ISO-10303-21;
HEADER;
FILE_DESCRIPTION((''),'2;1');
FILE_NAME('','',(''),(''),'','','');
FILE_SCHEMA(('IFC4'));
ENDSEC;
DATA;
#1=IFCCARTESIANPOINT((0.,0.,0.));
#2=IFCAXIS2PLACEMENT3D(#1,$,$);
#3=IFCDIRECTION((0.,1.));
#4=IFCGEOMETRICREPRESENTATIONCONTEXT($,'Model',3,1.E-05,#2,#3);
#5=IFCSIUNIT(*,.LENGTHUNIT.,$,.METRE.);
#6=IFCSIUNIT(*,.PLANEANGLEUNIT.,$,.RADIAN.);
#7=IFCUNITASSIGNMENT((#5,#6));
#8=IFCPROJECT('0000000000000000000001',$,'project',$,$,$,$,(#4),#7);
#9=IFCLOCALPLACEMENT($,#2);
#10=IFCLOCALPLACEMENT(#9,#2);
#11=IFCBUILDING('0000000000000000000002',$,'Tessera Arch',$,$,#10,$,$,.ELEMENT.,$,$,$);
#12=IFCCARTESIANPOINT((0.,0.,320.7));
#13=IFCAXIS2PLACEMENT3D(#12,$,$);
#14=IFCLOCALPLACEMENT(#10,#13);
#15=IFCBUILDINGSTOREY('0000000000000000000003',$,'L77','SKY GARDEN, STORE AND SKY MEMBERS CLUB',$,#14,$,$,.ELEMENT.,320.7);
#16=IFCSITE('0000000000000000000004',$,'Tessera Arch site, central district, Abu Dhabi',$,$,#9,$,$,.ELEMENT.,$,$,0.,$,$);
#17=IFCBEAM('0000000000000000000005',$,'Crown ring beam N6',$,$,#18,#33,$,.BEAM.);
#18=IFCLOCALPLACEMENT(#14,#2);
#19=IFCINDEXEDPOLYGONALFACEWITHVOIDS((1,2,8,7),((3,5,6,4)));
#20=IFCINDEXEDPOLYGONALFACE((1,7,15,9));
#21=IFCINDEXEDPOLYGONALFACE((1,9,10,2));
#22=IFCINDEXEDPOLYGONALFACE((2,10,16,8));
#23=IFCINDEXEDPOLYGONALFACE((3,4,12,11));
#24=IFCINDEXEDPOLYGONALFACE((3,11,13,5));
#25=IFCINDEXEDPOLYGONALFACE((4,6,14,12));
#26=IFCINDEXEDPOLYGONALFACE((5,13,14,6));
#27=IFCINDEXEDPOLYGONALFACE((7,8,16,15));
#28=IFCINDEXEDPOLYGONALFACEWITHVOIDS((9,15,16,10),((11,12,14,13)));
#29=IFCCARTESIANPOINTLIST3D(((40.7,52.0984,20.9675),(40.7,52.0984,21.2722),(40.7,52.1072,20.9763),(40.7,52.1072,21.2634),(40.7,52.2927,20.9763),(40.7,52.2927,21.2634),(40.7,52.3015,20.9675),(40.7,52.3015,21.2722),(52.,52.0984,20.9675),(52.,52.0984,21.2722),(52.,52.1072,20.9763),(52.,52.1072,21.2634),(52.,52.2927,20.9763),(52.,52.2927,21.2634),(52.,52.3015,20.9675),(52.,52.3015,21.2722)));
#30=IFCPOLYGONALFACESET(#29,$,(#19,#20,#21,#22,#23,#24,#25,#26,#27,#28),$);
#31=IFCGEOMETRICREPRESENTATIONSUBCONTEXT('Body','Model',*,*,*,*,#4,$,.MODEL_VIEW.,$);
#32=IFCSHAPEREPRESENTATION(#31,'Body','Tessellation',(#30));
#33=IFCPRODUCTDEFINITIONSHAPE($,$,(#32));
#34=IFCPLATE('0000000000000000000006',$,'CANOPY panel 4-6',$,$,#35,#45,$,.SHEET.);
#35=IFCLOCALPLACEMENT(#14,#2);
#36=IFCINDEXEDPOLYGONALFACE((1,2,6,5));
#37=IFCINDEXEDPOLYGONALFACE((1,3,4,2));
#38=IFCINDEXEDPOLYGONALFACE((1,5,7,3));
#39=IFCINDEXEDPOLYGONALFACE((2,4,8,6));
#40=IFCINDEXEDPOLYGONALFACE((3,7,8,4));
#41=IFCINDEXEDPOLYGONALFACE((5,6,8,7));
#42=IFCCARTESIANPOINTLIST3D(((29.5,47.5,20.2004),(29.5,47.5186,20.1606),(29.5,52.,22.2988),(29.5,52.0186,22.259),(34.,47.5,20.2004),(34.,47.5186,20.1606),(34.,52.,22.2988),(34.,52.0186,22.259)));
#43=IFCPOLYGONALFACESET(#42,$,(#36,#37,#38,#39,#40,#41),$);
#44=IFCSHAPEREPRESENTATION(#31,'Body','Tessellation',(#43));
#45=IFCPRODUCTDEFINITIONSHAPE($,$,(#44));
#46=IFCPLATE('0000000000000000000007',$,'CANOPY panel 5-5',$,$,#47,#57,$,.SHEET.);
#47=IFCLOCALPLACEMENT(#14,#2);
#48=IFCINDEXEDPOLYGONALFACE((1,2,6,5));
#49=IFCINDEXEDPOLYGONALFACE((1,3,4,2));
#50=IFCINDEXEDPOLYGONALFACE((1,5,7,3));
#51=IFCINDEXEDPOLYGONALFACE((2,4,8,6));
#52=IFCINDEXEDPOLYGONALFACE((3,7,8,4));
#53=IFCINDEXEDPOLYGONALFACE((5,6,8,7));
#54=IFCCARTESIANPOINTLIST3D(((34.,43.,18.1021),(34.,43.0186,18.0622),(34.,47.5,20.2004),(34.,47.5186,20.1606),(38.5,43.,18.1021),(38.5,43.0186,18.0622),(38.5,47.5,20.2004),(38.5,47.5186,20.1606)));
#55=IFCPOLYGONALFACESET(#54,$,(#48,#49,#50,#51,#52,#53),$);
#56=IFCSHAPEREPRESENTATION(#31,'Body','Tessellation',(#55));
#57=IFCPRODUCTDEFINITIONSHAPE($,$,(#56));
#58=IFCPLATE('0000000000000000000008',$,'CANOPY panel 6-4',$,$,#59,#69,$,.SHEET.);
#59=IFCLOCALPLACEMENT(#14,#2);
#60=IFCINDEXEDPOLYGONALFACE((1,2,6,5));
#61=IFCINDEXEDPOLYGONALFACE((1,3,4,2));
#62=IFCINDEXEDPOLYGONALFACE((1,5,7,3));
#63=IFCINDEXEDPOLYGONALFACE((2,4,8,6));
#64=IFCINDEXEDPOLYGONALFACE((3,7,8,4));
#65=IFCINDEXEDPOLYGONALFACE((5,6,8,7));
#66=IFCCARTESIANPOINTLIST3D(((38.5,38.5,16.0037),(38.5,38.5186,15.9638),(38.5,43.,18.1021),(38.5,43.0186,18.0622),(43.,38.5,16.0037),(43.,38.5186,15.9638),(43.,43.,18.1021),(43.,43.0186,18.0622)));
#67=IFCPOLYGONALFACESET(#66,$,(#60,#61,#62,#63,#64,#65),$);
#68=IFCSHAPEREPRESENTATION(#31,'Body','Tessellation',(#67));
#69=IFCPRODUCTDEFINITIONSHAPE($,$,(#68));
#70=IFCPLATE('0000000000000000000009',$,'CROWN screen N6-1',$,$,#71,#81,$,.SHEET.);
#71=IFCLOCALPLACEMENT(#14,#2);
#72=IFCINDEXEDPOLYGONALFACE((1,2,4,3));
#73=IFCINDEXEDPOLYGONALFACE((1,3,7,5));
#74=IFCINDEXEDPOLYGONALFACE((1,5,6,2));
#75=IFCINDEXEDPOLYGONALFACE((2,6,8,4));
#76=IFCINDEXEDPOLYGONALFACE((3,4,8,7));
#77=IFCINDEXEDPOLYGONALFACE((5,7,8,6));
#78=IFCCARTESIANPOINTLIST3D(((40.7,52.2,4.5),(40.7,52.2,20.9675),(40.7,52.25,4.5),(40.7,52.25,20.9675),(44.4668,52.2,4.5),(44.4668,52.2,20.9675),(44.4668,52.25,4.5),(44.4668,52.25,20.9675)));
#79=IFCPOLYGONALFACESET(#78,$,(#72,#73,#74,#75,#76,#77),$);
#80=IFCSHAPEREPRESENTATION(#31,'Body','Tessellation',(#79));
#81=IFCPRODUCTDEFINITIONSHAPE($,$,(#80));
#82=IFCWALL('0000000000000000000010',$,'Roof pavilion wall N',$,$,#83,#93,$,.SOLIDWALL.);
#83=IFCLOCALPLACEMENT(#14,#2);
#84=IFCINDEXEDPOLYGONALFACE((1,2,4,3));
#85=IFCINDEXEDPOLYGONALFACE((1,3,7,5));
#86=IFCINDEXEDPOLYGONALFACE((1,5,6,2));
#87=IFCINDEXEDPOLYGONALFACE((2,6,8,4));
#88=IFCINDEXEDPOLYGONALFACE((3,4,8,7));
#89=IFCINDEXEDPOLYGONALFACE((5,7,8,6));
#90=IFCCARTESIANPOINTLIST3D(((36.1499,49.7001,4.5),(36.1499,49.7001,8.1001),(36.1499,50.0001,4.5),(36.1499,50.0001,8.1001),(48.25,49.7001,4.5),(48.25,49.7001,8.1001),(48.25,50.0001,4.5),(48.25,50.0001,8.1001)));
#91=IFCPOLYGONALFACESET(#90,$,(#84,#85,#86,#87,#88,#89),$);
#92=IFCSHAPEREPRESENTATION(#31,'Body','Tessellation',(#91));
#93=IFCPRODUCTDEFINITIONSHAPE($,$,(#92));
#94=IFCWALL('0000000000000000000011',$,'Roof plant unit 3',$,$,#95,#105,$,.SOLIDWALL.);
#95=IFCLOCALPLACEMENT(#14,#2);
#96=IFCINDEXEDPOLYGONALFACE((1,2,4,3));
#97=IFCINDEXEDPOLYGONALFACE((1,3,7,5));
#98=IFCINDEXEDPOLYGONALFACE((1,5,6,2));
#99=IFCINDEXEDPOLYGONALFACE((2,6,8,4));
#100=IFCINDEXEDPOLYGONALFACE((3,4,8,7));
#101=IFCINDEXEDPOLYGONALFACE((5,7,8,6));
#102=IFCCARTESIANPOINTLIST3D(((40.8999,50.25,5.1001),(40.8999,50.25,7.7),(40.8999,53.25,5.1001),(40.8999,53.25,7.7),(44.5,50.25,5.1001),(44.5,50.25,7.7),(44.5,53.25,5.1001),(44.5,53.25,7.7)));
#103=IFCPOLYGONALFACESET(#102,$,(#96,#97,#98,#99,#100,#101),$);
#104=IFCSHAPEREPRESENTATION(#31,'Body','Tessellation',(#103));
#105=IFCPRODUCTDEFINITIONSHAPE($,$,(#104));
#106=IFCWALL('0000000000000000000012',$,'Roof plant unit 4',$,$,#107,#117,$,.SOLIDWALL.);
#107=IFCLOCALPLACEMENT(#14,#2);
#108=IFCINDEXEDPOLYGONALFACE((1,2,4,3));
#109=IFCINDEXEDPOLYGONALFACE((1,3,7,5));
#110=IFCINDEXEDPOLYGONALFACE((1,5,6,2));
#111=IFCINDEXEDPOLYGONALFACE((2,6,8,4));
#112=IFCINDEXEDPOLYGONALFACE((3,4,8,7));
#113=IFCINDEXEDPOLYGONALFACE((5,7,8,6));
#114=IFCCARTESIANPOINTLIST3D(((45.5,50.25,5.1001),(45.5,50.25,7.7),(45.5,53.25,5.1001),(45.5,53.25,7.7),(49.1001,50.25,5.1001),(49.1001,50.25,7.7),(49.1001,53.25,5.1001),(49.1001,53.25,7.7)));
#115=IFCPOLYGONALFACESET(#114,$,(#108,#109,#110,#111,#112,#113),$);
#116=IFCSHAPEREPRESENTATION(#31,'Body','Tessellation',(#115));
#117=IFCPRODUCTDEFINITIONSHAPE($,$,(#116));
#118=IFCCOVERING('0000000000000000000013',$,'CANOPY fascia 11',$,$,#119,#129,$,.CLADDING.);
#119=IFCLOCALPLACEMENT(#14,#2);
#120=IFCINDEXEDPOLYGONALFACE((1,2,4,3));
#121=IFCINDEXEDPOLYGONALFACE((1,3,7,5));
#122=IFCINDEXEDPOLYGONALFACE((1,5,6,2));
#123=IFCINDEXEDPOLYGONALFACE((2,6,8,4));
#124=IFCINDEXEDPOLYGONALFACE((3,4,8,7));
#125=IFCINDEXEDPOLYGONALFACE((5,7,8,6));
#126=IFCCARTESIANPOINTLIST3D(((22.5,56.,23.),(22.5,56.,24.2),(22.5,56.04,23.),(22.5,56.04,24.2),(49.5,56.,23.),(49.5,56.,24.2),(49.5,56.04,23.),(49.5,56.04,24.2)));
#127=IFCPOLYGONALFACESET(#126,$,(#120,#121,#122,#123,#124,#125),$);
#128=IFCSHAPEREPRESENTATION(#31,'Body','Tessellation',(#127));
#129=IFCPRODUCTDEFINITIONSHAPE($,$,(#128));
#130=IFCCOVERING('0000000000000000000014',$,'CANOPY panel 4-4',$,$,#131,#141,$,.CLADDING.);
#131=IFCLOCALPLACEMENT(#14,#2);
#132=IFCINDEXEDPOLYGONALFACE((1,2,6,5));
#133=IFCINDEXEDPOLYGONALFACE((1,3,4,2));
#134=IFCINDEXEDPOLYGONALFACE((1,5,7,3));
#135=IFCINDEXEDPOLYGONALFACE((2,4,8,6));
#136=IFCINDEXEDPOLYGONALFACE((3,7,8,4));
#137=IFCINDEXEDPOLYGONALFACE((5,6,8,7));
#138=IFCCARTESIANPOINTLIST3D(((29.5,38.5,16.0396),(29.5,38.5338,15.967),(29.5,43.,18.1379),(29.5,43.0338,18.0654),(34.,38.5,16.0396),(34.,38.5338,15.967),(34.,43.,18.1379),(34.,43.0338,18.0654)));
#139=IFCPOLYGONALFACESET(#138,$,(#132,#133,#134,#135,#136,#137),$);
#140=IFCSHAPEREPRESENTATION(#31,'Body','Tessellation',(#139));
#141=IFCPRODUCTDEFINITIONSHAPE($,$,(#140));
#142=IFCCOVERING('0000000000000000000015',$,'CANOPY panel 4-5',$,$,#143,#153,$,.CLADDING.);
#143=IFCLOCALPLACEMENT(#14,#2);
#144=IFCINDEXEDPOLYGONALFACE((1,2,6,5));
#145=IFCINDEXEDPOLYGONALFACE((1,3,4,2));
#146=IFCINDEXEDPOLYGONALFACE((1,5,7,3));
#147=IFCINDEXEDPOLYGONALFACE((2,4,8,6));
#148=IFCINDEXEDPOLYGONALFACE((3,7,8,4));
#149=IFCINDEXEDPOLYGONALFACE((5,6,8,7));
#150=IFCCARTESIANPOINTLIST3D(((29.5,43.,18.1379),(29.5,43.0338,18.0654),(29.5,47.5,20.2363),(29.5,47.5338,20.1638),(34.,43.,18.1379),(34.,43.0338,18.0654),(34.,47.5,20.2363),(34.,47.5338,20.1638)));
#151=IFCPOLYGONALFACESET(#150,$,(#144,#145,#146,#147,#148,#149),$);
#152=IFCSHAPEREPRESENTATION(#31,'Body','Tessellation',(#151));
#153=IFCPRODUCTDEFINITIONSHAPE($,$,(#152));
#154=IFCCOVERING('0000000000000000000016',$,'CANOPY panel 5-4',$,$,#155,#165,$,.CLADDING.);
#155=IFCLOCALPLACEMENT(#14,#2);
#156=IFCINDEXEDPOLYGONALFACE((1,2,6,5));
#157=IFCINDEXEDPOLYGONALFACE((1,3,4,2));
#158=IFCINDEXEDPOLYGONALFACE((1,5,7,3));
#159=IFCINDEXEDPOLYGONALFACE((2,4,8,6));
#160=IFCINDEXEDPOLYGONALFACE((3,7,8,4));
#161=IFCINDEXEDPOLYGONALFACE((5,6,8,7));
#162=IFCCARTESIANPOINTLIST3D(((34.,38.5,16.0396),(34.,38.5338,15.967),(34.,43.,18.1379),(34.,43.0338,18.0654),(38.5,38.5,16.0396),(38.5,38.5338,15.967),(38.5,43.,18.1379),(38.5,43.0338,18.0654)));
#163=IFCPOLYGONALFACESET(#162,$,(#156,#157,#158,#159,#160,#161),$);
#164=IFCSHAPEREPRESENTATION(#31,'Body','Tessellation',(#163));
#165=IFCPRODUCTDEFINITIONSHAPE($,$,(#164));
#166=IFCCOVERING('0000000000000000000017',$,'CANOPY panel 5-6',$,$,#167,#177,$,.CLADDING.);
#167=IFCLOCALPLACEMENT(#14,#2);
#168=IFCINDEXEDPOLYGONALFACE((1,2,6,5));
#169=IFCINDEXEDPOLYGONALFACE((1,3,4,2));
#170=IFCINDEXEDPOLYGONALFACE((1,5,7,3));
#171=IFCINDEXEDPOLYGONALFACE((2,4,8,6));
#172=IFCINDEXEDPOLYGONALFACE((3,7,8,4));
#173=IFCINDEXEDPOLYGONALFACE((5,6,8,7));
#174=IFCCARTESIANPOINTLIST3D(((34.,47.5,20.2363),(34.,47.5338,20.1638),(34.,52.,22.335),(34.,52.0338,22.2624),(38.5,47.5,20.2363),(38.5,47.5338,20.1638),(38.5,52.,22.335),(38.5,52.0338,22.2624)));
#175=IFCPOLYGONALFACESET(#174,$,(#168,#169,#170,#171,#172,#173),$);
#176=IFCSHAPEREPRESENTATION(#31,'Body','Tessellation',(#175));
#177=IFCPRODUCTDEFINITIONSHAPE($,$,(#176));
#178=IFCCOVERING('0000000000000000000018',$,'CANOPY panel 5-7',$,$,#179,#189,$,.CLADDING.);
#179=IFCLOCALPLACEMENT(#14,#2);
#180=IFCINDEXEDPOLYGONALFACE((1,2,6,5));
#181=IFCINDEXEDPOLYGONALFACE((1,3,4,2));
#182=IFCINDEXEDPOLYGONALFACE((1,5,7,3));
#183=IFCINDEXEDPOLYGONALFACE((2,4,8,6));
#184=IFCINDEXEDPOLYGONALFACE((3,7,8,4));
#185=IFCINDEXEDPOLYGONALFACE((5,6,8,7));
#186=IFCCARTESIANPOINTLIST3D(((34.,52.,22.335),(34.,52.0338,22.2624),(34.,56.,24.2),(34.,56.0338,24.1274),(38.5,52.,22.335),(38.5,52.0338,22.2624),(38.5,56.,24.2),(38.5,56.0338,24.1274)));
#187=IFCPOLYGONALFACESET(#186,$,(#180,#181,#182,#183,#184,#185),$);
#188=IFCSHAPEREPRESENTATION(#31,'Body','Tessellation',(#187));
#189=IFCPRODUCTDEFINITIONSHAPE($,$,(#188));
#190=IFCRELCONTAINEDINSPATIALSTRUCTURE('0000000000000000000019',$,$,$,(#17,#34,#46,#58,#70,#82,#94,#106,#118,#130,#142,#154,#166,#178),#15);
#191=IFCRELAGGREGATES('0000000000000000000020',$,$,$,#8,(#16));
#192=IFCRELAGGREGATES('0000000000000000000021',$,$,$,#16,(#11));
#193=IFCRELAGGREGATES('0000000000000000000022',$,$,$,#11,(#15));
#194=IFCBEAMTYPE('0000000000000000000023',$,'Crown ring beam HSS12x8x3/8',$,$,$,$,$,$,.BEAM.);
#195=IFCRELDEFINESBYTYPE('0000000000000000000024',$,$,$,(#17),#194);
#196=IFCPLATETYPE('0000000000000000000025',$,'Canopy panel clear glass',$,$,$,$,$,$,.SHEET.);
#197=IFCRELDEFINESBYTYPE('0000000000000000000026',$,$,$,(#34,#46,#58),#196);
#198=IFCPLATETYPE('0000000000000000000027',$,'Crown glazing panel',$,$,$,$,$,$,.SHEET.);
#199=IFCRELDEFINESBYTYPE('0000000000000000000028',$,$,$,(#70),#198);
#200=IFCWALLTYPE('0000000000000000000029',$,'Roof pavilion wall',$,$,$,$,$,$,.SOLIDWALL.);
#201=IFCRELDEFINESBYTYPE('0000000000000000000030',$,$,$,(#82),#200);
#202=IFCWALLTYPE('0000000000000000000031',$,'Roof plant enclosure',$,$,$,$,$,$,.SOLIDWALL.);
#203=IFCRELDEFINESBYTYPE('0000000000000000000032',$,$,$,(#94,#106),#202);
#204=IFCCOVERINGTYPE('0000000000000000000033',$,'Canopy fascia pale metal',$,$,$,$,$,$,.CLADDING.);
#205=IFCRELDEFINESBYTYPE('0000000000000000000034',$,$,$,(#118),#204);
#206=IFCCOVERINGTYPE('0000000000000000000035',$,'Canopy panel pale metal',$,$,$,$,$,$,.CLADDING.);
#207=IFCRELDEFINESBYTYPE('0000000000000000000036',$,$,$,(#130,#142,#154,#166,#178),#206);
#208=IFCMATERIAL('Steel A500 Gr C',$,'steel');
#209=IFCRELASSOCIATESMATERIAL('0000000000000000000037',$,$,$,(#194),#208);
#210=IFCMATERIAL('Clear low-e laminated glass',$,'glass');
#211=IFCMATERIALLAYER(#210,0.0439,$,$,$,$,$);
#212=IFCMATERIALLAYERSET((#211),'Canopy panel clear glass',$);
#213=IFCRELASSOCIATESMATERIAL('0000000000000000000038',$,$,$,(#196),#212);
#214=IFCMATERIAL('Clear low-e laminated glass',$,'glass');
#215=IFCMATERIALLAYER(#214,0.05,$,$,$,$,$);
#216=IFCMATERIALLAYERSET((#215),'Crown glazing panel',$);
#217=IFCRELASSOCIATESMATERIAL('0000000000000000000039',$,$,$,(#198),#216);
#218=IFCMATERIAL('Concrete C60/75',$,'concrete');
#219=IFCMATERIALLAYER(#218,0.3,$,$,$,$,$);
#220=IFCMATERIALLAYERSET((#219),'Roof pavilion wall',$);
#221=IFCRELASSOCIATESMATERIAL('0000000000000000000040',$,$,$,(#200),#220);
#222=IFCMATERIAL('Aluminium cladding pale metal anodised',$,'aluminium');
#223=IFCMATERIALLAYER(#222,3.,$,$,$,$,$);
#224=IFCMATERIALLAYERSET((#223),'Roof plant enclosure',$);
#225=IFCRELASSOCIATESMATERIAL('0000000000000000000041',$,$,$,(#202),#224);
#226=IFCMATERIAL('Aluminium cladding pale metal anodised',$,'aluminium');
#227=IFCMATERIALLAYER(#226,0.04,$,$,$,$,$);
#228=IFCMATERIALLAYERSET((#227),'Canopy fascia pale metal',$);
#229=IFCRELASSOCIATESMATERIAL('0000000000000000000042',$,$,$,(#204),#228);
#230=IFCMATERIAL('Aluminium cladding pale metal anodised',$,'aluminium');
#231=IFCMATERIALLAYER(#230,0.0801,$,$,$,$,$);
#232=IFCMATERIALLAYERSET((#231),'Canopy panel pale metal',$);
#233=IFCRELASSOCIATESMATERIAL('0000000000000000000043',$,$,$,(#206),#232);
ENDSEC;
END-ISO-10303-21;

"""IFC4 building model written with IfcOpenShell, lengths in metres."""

from ifc_helpers import new_model, si_unit, direction, frame, frame_2d, origin, origin_2d, place, context, subcontext, project, spatial, polyline, rectangle, hollow_rectangle, outline, extrude, material, layer, layer_set, material_profile, profile_set, type_object, element, save


model = new_model("IFC4")

# Units and contexts
model_context = context("Model", 3, precision=1e-05, world=origin(), true_north=direction((0.0, 1.0)))
body_context = subcontext(model_context, "Body", "Model", "MODEL_VIEW")
ifc_project = project(units=[si_unit("LENGTHUNIT", "METRE"), si_unit("PLANEANGLEUNIT", "RADIAN")], contexts=[model_context])

# Site, building, storey
site_placement = place(None, origin())
site = spatial("IfcSite", under=ifc_project, at=site_placement, Name="Tessera Arch site, central district, Abu Dhabi", CompositionType="ELEMENT", RefElevation=0.0)
building_placement = place(site_placement, origin())
building = spatial("IfcBuilding", under=site, at=building_placement, Name="Tessera Arch", CompositionType="ELEMENT")
storey_placement = place(building_placement, frame((0.0, 0.0, 320.7)))
storey = spatial("IfcBuildingStorey", under=building, at=storey_placement, Name="L77", Description="SKY GARDEN, STORE AND SKY MEMBERS CLUB", CompositionType="ELEMENT", Elevation=320.7)

# Beam
ifc_material_1 = material(Name="Steel A500 Gr C", Category="steel")
ifc_material_profile = material_profile(ifc_material_1, hollow_rectangle(XDim=0.2031, YDim=0.3047, WallThickness=0.0088, at=origin_2d()), Name="HSS12x8x3/8")
ifc_profile_set = profile_set([ifc_material_profile], Name="Steel A500 Gr C")
beam_type = type_object("IfcBeamType", Name="Crown ring beam HSS12x8x3/8", PredefinedType="BEAM", material=ifc_profile_set)
beam_placement = place(storey_placement, frame((40.7, 52.2, 21.1199), z_axis=(1.0, 0.0, 0.0), x_axis=(0.0, 1.0, 0.0)))
element("IfcBeam", 1, at=beam_placement, inside=storey, type_object=beam_type, Name="Crown ring beam N6", PredefinedType="BEAM", context=body_context, shape_type="SweptSolid", body=[
    extrude(hollow_rectangle(XDim=0.2031, YDim=0.3047, WallThickness=0.0088, at=origin_2d()), origin(), (0.0, 0.0, 1.0), 11.3),
])

# Plates
ifc_material_2 = material(Name="Clear low-e laminated glass", Category="glass")
ifc_layer_1 = layer(ifc_material_2, 0.0439)
ifc_layer_set_1 = layer_set([ifc_layer_1], Name="Canopy panel clear glass")
plate_type_1 = type_object("IfcPlateType", Name="Canopy panel clear glass", PredefinedType="SHEET", material=ifc_layer_set_1)
for number, where, z_axis, x_axis, name in (
    (2, (34.0, 47.5, 20.2004), (0.0, -0.422619, 0.906307), (0.0, 0.906307, 0.422619), "CANOPY panel 4-6"),
    (3, (38.5, 43.0, 18.1021), (0.0, -0.422619, 0.906307), (0.0, 0.906307, 0.422619), "CANOPY panel 5-5"),
    (4, (43.0, 38.5, 16.0037), (0.0, -0.422619, 0.906307), (0.0, 0.906307, 0.422619), "CANOPY panel 6-4"),
):
    element("IfcPlate", number, at=place(storey_placement, frame(where, z_axis=z_axis, x_axis=x_axis)), inside=storey, type_object=plate_type_1, Name=name, PredefinedType="SHEET", context=body_context, shape_type="SweptSolid", body=[
        extrude(outline(polyline([(0.0, 0.0), (4.9652, 0.0), (4.9652, 4.5), (0.0, 4.5), (0.0, 0.0)])), origin(), (0.0, 0.0, -1.0), 0.0439),
    ])
ifc_material_3 = material(Name="Clear low-e laminated glass", Category="glass")
ifc_layer_2 = layer(ifc_material_3, 0.05)
ifc_layer_set_2 = layer_set([ifc_layer_2], Name="Crown glazing panel")
plate_type_2 = type_object("IfcPlateType", Name="Crown glazing panel", PredefinedType="SHEET", material=ifc_layer_set_2)
plate_placement = place(storey_placement, frame((40.7, 52.2, 4.5), z_axis=(0.0, -1.0, 0.0), x_axis=(1.0, 0.0, 0.0)))
element("IfcPlate", 5, at=plate_placement, inside=storey, type_object=plate_type_2, Name="CROWN screen N6-1", PredefinedType="SHEET", context=body_context, shape_type="SweptSolid", body=[
    extrude(outline(polyline([(0.0, 0.0), (3.7668, 0.0), (3.7668, 16.4675), (0.0, 16.4675), (0.0, 0.0)])), origin(), (0.0, 0.0, -1.0), 0.05),
])

# Walls
ifc_material_4 = material(Name="Concrete C60/75", Category="concrete")
ifc_layer_3 = layer(ifc_material_4, 0.3)
ifc_layer_set_3 = layer_set([ifc_layer_3], Name="Roof pavilion wall")
wall_type_1 = type_object("IfcWallType", Name="Roof pavilion wall", PredefinedType="SOLIDWALL", material=ifc_layer_set_3)
wall_placement = place(storey_placement, frame((36.1499, 49.8501, 4.5), z_axis=(0.0, 0.0, 1.0), x_axis=(1.0, 0.0, 0.0)))
element("IfcWall", 6, at=wall_placement, inside=storey, type_object=wall_type_1, Name="Roof pavilion wall N", PredefinedType="SOLIDWALL", context=body_context, shape_type="SweptSolid", body=[
    extrude(rectangle(XDim=12.1001, YDim=0.3, at=frame_2d((6.05, 0.0))), origin(), (0.0, 0.0, 1.0), 3.6001),
])
ifc_material_5 = material(Name="Aluminium cladding pale metal anodised", Category="aluminium")
ifc_layer_4 = layer(ifc_material_5, 3.0)
ifc_layer_set_4 = layer_set([ifc_layer_4], Name="Roof plant enclosure")
wall_type_2 = type_object("IfcWallType", Name="Roof plant enclosure", PredefinedType="SOLIDWALL", material=ifc_layer_set_4)
for number, where, z_axis, x_axis, name in (
    (7, (40.8999, 51.75, 5.1001), (0.0, 0.0, 1.0), (1.0, 0.0, 0.0), "Roof plant unit 3"),
    (8, (45.5, 51.75, 5.1001), (0.0, 0.0, 1.0), (1.0, 0.0, 0.0), "Roof plant unit 4"),
):
    element("IfcWall", number, at=place(storey_placement, frame(where, z_axis=z_axis, x_axis=x_axis)), inside=storey, type_object=wall_type_2, Name=name, PredefinedType="SOLIDWALL", context=body_context, shape_type="SweptSolid", body=[
        extrude(rectangle(XDim=3.6001, YDim=3.0, at=frame_2d((1.8, 0.0))), origin(), (0.0, 0.0, 1.0), 2.5999),
    ])

# Coverings
ifc_material_6 = material(Name="Aluminium cladding pale metal anodised", Category="aluminium")
ifc_layer_5 = layer(ifc_material_6, 0.04)
ifc_layer_set_5 = layer_set([ifc_layer_5], Name="Canopy fascia pale metal")
covering_type_1 = type_object("IfcCoveringType", Name="Canopy fascia pale metal", PredefinedType="CLADDING", material=ifc_layer_set_5)
covering_1_placement = place(storey_placement, frame((49.5, 56.0, 24.2), z_axis=(0.0, -1.0, 0.0), x_axis=(-1.0, 0.0, 0.0)))
element("IfcCovering", 9, at=covering_1_placement, inside=storey, type_object=covering_type_1, Name="CANOPY fascia 11", PredefinedType="CLADDING", context=body_context, shape_type="SweptSolid", body=[
    extrude(outline(polyline([(0.0, 0.0), (27.0, 0.0), (27.0, 1.2), (0.0, 1.2), (0.0, 0.0)])), origin(), (0.0, 0.0, -1.0), 0.04),
])
ifc_material_7 = material(Name="Aluminium cladding pale metal anodised", Category="aluminium")
ifc_layer_6 = layer(ifc_material_7, 0.0801)
ifc_layer_set_6 = layer_set([ifc_layer_6], Name="Canopy panel pale metal")
covering_type_2 = type_object("IfcCoveringType", Name="Canopy panel pale metal", PredefinedType="CLADDING", material=ifc_layer_set_6)
for number, where, z_axis, x_axis, name in (
    (10, (34.0, 38.5, 16.0396), (0.0, -0.422619, 0.906307), (0.0, 0.906307, 0.422619), "CANOPY panel 4-4"),
    (11, (34.0, 43.0, 18.1379), (0.0, -0.422619, 0.906307), (0.0, 0.906307, 0.422619), "CANOPY panel 4-5"),
    (12, (38.5, 38.5, 16.0396), (0.0, -0.422619, 0.906307), (0.0, 0.906307, 0.422619), "CANOPY panel 5-4"),
):
    element("IfcCovering", number, at=place(storey_placement, frame(where, z_axis=z_axis, x_axis=x_axis)), inside=storey, type_object=covering_type_2, Name=name, PredefinedType="CLADDING", context=body_context, shape_type="SweptSolid", body=[
        extrude(outline(polyline([(0.0, 0.0), (4.9652, 0.0), (4.9652, 4.5), (0.0, 4.5), (0.0, 0.0)])), origin(), (0.0, 0.0, -1.0), 0.0801),
    ])
covering_2_placement = place(storey_placement, frame((38.5, 47.5, 20.2363), z_axis=(0.0, -0.422659, 0.906289), x_axis=(0.0, 0.906289, 0.422659)))
element("IfcCovering", 13, at=covering_2_placement, inside=storey, type_object=covering_type_2, Name="CANOPY panel 5-6", PredefinedType="CLADDING", context=body_context, shape_type="SweptSolid", body=[
    extrude(outline(polyline([(0.0, 0.0), (4.9653, 0.0), (4.9653, 4.5), (0.0, 4.5), (0.0, 0.0)])), origin(), (0.0, 0.0, -1.0), 0.0801),
])
covering_3_placement = place(storey_placement, frame((34.0, 56.0, 24.2), z_axis=(0.0, -0.422574, 0.906329), x_axis=(0.0, -0.906329, -0.422574)))
element("IfcCovering", 14, at=covering_3_placement, inside=storey, type_object=covering_type_2, Name="CANOPY panel 5-7", PredefinedType="CLADDING", context=body_context, shape_type="SweptSolid", body=[
    extrude(outline(polyline([(0.0, 0.0), (4.4134, 0.0), (4.4134, 4.5), (0.0, 4.5), (0.0, 0.0)])), origin(), (0.0, 0.0, -1.0), 0.0801),
])

save(model, "model.ifc")
